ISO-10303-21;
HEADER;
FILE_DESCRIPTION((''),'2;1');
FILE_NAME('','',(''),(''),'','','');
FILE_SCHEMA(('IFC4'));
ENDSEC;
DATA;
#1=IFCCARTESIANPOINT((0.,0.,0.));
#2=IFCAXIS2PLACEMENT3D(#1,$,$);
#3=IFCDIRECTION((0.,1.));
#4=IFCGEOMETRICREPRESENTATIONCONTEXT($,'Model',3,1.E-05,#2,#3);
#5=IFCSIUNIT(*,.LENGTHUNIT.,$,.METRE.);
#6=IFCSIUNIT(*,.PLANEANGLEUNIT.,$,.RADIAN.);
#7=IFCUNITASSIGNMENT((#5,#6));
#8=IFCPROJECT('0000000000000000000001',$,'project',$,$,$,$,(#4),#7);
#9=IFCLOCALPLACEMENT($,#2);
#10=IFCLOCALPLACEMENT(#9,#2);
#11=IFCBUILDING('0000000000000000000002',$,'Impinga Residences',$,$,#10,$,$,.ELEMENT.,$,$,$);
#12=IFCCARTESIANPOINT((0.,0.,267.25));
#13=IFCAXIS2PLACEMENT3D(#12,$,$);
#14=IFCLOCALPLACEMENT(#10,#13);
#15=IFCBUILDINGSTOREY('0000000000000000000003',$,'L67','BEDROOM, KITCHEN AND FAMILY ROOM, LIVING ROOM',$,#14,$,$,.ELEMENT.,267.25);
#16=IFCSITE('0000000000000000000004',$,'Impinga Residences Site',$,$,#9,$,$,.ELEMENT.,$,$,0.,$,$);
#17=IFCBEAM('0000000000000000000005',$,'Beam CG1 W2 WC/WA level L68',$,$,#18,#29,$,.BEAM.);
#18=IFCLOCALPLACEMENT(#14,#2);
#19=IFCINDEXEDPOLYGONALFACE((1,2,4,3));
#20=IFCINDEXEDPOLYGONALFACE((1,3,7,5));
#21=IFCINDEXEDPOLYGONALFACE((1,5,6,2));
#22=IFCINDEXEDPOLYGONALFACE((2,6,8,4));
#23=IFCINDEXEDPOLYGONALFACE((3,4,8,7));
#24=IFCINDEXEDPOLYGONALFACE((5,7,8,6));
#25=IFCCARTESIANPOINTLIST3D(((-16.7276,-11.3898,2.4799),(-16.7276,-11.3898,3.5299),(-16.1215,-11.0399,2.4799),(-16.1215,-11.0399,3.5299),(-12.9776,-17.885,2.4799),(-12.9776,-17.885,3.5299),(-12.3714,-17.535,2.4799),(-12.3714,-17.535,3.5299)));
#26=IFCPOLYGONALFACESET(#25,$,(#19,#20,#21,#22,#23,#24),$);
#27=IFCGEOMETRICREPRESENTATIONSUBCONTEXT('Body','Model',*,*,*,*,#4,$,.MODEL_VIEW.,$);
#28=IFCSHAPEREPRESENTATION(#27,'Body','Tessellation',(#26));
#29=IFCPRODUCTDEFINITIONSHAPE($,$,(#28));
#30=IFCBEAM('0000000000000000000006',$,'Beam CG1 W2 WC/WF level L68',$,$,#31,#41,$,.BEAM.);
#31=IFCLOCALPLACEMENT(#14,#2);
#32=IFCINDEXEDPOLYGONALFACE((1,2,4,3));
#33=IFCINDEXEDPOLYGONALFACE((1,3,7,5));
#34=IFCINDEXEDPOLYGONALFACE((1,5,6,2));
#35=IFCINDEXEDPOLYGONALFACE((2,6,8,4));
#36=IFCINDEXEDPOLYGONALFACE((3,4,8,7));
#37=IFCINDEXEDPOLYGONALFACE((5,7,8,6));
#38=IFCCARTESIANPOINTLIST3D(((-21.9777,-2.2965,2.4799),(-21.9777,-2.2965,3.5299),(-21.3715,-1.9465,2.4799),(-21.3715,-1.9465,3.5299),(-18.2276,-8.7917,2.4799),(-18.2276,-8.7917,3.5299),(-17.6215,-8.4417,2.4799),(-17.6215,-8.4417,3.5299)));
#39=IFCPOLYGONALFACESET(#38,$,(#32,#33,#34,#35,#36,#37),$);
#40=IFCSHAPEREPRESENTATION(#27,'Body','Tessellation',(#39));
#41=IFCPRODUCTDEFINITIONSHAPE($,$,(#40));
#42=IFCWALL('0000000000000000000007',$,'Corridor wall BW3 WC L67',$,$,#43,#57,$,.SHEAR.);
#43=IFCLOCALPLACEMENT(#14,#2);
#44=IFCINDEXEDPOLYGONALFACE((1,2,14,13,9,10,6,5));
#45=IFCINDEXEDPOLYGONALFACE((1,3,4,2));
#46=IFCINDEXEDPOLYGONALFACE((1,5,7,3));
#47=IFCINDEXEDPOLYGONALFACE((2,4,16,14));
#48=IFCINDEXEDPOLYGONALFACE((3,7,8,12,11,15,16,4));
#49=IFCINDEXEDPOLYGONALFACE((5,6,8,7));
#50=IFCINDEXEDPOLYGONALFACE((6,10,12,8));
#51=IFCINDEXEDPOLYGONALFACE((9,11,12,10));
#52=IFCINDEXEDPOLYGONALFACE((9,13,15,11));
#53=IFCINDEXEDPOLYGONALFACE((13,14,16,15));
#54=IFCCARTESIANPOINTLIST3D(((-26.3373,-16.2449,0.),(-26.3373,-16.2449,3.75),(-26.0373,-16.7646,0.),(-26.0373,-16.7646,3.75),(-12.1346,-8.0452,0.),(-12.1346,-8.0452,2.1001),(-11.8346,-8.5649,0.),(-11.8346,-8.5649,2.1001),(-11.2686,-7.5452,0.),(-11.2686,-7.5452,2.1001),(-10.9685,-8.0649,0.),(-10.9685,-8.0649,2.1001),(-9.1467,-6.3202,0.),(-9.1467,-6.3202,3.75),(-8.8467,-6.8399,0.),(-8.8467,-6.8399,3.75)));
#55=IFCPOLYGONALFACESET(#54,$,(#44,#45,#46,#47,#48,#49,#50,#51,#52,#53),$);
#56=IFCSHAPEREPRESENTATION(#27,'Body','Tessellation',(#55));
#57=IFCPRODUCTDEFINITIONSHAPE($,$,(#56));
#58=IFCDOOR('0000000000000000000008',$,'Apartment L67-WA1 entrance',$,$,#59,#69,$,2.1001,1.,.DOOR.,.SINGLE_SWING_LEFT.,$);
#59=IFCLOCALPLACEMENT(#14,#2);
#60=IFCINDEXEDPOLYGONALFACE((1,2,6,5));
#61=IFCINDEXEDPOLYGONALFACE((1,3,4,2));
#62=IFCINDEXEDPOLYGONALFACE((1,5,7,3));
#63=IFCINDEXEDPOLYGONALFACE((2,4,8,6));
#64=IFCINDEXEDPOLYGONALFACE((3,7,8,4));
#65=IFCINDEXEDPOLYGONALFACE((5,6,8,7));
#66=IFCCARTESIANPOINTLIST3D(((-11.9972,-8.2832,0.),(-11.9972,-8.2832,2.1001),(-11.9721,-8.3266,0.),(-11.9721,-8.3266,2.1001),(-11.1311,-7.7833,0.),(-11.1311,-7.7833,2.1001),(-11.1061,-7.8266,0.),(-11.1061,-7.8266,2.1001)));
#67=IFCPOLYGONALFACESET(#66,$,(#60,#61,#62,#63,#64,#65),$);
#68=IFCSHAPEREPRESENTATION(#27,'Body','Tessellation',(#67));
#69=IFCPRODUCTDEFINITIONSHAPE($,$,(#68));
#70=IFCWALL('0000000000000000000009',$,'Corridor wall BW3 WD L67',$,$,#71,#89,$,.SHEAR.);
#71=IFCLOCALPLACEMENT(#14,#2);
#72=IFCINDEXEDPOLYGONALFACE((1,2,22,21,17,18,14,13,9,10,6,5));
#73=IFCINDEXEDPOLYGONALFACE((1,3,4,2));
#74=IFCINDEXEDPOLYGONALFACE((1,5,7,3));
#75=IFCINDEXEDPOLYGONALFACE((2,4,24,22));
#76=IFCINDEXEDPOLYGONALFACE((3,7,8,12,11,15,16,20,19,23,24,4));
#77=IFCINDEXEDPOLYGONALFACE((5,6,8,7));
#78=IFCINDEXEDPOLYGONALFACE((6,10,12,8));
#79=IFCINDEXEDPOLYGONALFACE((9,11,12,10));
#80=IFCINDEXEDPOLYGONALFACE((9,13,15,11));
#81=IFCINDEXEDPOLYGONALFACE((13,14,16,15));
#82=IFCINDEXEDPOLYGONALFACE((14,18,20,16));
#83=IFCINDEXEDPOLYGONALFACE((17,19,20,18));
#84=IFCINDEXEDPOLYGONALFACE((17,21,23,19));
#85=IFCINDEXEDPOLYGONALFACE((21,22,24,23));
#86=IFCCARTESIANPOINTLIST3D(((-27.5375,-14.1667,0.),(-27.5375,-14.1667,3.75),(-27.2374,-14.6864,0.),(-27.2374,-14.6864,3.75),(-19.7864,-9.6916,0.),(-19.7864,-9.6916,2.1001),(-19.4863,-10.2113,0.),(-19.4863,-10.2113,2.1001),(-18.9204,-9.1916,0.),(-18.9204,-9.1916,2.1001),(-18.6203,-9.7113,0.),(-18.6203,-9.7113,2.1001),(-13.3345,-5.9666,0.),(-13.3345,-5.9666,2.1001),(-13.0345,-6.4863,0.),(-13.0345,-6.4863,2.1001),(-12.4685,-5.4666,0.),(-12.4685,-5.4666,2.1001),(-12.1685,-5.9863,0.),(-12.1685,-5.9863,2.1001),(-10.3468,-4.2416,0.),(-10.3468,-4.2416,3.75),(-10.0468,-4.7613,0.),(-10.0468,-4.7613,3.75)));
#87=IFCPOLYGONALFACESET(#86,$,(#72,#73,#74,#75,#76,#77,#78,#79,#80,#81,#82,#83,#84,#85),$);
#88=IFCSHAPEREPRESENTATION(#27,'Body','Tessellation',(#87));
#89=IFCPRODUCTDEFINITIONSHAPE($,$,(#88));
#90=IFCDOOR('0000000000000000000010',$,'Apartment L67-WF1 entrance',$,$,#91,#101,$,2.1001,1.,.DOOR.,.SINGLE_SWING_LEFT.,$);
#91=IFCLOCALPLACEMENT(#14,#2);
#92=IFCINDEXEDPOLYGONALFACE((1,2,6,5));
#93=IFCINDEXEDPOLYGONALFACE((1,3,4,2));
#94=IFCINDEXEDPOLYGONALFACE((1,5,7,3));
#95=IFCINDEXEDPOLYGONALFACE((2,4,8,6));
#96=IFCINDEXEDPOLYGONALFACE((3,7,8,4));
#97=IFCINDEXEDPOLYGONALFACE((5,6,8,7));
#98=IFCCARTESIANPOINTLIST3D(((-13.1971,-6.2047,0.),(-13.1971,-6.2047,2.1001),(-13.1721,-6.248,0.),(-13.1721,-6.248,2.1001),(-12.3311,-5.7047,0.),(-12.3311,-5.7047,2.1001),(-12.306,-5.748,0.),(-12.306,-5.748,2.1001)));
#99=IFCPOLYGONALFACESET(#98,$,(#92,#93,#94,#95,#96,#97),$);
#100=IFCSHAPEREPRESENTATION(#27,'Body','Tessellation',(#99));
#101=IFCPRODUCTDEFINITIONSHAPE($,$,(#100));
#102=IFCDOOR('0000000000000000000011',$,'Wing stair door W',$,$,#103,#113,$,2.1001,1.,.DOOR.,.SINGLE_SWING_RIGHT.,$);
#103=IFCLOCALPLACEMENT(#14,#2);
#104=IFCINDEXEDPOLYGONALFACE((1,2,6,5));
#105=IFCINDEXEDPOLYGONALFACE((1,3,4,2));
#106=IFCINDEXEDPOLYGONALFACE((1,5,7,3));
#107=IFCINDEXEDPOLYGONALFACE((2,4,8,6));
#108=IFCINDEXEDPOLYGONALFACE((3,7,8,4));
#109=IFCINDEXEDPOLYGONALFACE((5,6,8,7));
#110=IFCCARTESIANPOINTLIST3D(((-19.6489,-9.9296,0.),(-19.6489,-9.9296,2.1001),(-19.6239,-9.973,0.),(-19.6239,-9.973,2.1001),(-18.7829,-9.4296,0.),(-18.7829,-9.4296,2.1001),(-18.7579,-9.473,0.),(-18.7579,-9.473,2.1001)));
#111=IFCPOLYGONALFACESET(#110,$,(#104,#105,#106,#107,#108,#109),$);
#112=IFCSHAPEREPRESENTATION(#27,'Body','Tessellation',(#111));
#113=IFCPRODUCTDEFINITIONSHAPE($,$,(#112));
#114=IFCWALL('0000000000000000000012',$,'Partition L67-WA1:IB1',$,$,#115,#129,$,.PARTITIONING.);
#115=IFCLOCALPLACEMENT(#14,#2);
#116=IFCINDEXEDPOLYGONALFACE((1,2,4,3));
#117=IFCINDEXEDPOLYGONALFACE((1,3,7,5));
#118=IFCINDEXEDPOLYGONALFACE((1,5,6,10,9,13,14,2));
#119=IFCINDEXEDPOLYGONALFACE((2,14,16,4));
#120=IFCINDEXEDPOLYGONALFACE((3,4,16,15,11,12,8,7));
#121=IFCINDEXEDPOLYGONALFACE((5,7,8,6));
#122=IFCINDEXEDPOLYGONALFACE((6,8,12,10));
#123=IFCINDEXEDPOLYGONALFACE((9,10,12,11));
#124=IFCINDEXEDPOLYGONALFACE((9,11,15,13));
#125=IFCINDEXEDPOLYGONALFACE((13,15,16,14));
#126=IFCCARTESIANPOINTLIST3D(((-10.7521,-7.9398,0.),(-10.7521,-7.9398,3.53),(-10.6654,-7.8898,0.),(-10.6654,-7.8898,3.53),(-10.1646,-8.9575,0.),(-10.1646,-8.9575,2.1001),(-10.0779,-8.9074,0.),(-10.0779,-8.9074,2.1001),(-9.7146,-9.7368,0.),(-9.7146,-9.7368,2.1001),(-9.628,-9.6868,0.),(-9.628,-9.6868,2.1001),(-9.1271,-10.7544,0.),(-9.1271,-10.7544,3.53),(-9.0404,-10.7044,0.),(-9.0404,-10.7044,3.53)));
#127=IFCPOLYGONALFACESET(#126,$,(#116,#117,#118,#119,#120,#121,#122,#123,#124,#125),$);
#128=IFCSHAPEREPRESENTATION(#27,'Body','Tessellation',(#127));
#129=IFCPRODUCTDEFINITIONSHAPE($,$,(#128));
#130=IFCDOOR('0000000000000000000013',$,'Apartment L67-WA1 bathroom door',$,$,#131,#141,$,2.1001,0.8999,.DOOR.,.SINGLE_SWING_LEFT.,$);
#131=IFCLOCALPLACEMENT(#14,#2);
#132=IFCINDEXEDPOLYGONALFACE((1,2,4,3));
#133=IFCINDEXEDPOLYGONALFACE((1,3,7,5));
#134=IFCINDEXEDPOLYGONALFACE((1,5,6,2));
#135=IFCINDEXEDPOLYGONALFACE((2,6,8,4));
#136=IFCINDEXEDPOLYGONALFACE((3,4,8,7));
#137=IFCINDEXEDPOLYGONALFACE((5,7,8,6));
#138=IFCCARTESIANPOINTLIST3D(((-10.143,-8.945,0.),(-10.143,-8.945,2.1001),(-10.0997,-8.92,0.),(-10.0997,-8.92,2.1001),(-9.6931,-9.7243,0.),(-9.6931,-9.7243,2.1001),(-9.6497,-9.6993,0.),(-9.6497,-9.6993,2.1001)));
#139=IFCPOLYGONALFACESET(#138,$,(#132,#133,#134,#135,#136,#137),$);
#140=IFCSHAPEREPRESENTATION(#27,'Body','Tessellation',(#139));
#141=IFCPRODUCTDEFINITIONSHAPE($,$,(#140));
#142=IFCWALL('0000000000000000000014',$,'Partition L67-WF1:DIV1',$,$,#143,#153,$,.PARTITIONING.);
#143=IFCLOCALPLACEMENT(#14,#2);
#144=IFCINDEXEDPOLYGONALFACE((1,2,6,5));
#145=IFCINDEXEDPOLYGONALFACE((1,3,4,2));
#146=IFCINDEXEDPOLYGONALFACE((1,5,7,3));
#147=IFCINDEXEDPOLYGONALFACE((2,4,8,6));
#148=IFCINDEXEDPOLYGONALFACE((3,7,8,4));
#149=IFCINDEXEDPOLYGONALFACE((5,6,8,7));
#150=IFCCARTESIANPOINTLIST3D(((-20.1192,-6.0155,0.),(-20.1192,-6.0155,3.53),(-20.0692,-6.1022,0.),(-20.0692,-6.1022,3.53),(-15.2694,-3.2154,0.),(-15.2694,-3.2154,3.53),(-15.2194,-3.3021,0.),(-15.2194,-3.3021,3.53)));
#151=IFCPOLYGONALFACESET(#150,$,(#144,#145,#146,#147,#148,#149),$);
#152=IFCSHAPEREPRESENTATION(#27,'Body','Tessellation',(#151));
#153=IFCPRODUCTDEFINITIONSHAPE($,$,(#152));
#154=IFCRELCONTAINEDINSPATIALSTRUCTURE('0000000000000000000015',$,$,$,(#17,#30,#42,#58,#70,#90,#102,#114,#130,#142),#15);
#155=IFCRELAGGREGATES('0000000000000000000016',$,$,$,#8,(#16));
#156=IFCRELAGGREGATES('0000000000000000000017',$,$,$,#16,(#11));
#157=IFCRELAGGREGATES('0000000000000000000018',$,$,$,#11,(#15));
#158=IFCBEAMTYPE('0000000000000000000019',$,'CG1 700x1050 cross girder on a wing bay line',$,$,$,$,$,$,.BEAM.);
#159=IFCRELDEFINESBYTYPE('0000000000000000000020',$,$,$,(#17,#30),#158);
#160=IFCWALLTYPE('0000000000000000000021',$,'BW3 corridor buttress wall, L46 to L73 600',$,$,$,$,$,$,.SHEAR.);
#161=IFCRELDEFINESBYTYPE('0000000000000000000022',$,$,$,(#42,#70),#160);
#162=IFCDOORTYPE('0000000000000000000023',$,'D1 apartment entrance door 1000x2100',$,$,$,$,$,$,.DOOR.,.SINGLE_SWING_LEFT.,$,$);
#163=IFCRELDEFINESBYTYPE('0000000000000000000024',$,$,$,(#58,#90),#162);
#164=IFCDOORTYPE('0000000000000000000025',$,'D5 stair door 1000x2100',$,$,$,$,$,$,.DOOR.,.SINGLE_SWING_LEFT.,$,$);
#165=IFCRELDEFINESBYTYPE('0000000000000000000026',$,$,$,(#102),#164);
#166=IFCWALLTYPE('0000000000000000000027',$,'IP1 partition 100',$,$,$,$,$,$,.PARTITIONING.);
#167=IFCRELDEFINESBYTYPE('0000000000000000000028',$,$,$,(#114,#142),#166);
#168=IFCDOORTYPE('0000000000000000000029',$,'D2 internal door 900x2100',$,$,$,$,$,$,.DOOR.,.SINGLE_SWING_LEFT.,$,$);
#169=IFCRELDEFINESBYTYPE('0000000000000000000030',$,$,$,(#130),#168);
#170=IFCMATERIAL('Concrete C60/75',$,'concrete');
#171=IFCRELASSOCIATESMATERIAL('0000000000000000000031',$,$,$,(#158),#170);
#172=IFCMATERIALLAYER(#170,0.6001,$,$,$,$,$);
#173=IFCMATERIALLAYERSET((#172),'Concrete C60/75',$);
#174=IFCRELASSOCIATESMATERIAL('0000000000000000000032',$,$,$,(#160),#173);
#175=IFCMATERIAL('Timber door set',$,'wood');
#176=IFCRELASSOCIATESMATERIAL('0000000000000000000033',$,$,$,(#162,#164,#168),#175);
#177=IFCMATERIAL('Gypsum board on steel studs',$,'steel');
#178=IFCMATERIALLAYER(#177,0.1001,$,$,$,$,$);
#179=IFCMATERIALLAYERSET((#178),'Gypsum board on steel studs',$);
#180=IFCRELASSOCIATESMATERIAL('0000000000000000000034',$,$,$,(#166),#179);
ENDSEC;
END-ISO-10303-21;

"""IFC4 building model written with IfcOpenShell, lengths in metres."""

from ifc_helpers import new_model, si_unit, direction, frame, frame_2d, origin, origin_2d, place, context, subcontext, project, spatial, rectangle, extrude, material, layer, layer_set, material_profile, profile_set, type_object, element, fill, save


model = new_model("IFC4")

# Units and contexts
model_context = context("Model", 3, precision=1e-05, world=origin(), true_north=direction((0.0, 1.0)))
body_context = subcontext(model_context, "Body", "Model", "MODEL_VIEW")
ifc_project = project(units=[si_unit("LENGTHUNIT", "METRE"), si_unit("PLANEANGLEUNIT", "RADIAN")], contexts=[model_context])

# Site, building, storey
site_placement = place(None, origin())
site = spatial("IfcSite", under=ifc_project, at=site_placement, Name="Impinga Residences Site", CompositionType="ELEMENT", RefElevation=0.0)
building_placement = place(site_placement, origin())
building = spatial("IfcBuilding", under=site, at=building_placement, Name="Impinga Residences", CompositionType="ELEMENT")
storey_placement = place(building_placement, frame((0.0, 0.0, 267.25)))
storey = spatial("IfcBuildingStorey", under=building, at=storey_placement, Name="L67", Description="BEDROOM, KITCHEN AND FAMILY ROOM, LIVING ROOM", CompositionType="ELEMENT", Elevation=267.25)

# Beams
ifc_material_1 = material(Name="Concrete C60/75", Category="concrete")
ifc_material_profile = material_profile(ifc_material_1, rectangle(XDim=0.7, YDim=1.05, at=origin_2d()), Name="RC 700x1050")
ifc_profile_set = profile_set([ifc_material_profile], Name="Concrete C60/75")
beam_type = type_object("IfcBeamType", Name="CG1 700x1050 cross girder on a wing bay line", PredefinedType="BEAM", material=ifc_profile_set)
for number, where, z_axis, x_axis, name in (
    (1, (-16.4246, -11.2148, 3.0049), (0.500004, -0.866023, 0.0), (0.866023, 0.500004, 0.0), "Beam CG1 W2 WC/WA level L68"),
    (2, (-17.9246, -8.6167, 3.0049), (-0.500004, 0.866023, 0.0), (-0.866023, -0.500004, 0.0), "Beam CG1 W2 WC/WF level L68"),
):
    element("IfcBeam", number, at=place(storey_placement, frame(where, z_axis=z_axis, x_axis=x_axis)), inside=storey, type_object=beam_type, Name=name, PredefinedType="BEAM", context=body_context, shape_type="SweptSolid", body=[
        extrude(rectangle(XDim=0.7, YDim=1.05, at=origin_2d()), origin(), (0.0, 0.0, 1.0), 7.5),
    ])

# Wall, opening, door
ifc_layer_1 = layer(ifc_material_1, 0.6001)
ifc_layer_set_1 = layer_set([ifc_layer_1], Name="Concrete C60/75")
wall_type_1 = type_object("IfcWallType", Name="BW3 corridor buttress wall, L46 to L73 600", PredefinedType="SHEAR", material=ifc_layer_set_1)
wall_1_placement = place(storey_placement, frame((-8.9968, -6.5801, 0.0), z_axis=(0.0, 0.0, 1.0), x_axis=(-0.866031, -0.499991, 0.0)))
wall_1 = element("IfcWall", 3, at=wall_1_placement, inside=storey, type_object=wall_type_1, Name="Corridor wall BW3 WC L67", PredefinedType="SHEAR", context=body_context, shape_type="SweptSolid", body=[
    extrude(rectangle(XDim=19.8499, YDim=0.6001, at=frame_2d((9.9248, 0.0))), origin(), (0.0, 0.0, 1.0), 3.75),
])
opening_1_placement = place(wall_1_placement, frame((2.45, 0.0, 0.0)))
opening_1 = element("IfcOpeningElement", 4, at=opening_1_placement, cuts=wall_1, PredefinedType="OPENING", context=body_context, shape_type="SweptSolid", body=[
    extrude(rectangle(XDim=1.0, YDim=2.1001, at=frame_2d((0.5, 1.05))), frame((0.0, 0.3101, 0.0), z_axis=(0.0, -1.0, 0.0), x_axis=(1.0, 0.0, 0.0)), (0.0, 0.0, 1.0), 0.6201),
])
ifc_material_2 = material(Name="Timber door set", Category="wood")
door_type_1 = type_object("IfcDoorType", Name="D1 apartment entrance door 1000x2100", OperationType="SINGLE_SWING_LEFT", PredefinedType="DOOR", material=ifc_material_2)
door_1_placement = place(opening_1_placement, origin())
door_1 = element("IfcDoor", 5, at=door_1_placement, inside=storey, type_object=door_type_1, Name="Apartment L67-WA1 entrance", OperationType="SINGLE_SWING_LEFT", OverallHeight=2.1001, OverallWidth=1.0, PredefinedType="DOOR", context=body_context, shape_type="SweptSolid", body=[
    extrude(rectangle(XDim=1.0, YDim=2.1001, at=frame_2d((0.5, 1.05))), frame((0.0, 0.0249, 0.0), z_axis=(0.0, -1.0, 0.0), x_axis=(1.0, 0.0, 0.0)), (0.0, 0.0, 1.0), 0.05),
])
fill(opening_1, door_1)

# Wall, openings, doors
wall_2_placement = place(storey_placement, frame((-10.1968, -4.5015, 0.0), z_axis=(0.0, 0.0, 1.0), x_axis=(-0.866025, -0.5, 0.0)))
wall_2 = element("IfcWall", 6, at=wall_2_placement, inside=storey, type_object=wall_type_1, Name="Corridor wall BW3 WD L67", PredefinedType="SHEAR", context=body_context, shape_type="SweptSolid", body=[
    extrude(rectangle(XDim=19.8501, YDim=0.6001, at=frame_2d((9.925, 0.0))), origin(), (0.0, 0.0, 1.0), 3.75),
])
opening_2_placement = place(wall_2_placement, frame((9.8999, 0.0, 0.0)))
opening_2 = element("IfcOpeningElement", 7, at=opening_2_placement, cuts=wall_2, PredefinedType="OPENING", context=body_context, shape_type="SweptSolid", body=[
    extrude(rectangle(XDim=1.0, YDim=2.1001, at=frame_2d((0.5, 1.05))), frame((0.0, 0.3101, 0.0), z_axis=(0.0, -1.0, 0.0), x_axis=(1.0, 0.0, 0.0)), (0.0, 0.0, 1.0), 0.6201),
])
opening_3_placement = place(wall_2_placement, frame((2.45, 0.0, 0.0)))
opening_3 = element("IfcOpeningElement", 8, at=opening_3_placement, cuts=wall_2, PredefinedType="OPENING", context=body_context, shape_type="SweptSolid", body=[
    extrude(rectangle(XDim=1.0, YDim=2.1001, at=frame_2d((0.5, 1.05))), frame((0.0, 0.3101, 0.0), z_axis=(0.0, -1.0, 0.0), x_axis=(1.0, 0.0, 0.0)), (0.0, 0.0, 1.0), 0.6201),
])
door_2_placement = place(opening_3_placement, origin())
door_2 = element("IfcDoor", 9, at=door_2_placement, inside=storey, type_object=door_type_1, Name="Apartment L67-WF1 entrance", OperationType="SINGLE_SWING_LEFT", OverallHeight=2.1001, OverallWidth=1.0, PredefinedType="DOOR", context=body_context, shape_type="SweptSolid", body=[
    extrude(rectangle(XDim=1.0, YDim=2.1001, at=frame_2d((0.5, 1.05))), frame((0.0, 0.0249, 0.0), z_axis=(0.0, -1.0, 0.0), x_axis=(1.0, 0.0, 0.0)), (0.0, 0.0, 1.0), 0.05),
])
fill(opening_3, door_2)
door_type_2 = type_object("IfcDoorType", Name="D5 stair door 1000x2100", OperationType="SINGLE_SWING_LEFT", PredefinedType="DOOR", material=ifc_material_2)
door_3_placement = place(opening_2_placement, origin())
door_3 = element("IfcDoor", 10, at=door_3_placement, inside=storey, type_object=door_type_2, Name="Wing stair door W", OperationType="SINGLE_SWING_RIGHT", OverallHeight=2.1001, OverallWidth=1.0, PredefinedType="DOOR", context=body_context, shape_type="SweptSolid", body=[
    extrude(rectangle(XDim=1.0, YDim=2.1001, at=frame_2d((0.5, 1.05))), frame((0.0, 0.0249, 0.0), z_axis=(0.0, -1.0, 0.0), x_axis=(1.0, 0.0, 0.0)), (0.0, 0.0, 1.0), 0.05),
])
fill(opening_2, door_3)

# Wall, opening, door
ifc_material_3 = material(Name="Gypsum board on steel studs", Category="steel")
ifc_layer_2 = layer(ifc_material_3, 0.1001)
ifc_layer_set_2 = layer_set([ifc_layer_2], Name="Gypsum board on steel studs")
wall_type_2 = type_object("IfcWallType", Name="IP1 partition 100", PredefinedType="PARTITIONING", material=ifc_layer_set_2)
wall_3_placement = place(storey_placement, frame((-10.7087, -7.9148, 0.0), z_axis=(0.0, 0.0, 1.0), x_axis=(0.499985, -0.866034, 0.0)))
wall_3 = element("IfcWall", 11, at=wall_3_placement, inside=storey, type_object=wall_type_2, Name="Partition L67-WA1:IB1", PredefinedType="PARTITIONING", context=body_context, shape_type="SweptSolid", body=[
    extrude(rectangle(XDim=3.25, YDim=0.1001, at=frame_2d((1.625, 0.0))), origin(), (0.0, 0.0, 1.0), 3.53),
])
opening_4_placement = place(wall_3_placement, frame((1.175, 0.0, 0.0)))
opening_4 = element("IfcOpeningElement", 12, at=opening_4_placement, cuts=wall_3, PredefinedType="OPENING", context=body_context, shape_type="SweptSolid", body=[
    extrude(rectangle(XDim=0.8999, YDim=2.1001, at=frame_2d((0.45, 1.05))), frame((0.0, 0.0601, 0.0), z_axis=(0.0, -1.0, 0.0), x_axis=(1.0, 0.0, 0.0)), (0.0, 0.0, 1.0), 0.1201),
])
door_type_3 = type_object("IfcDoorType", Name="D2 internal door 900x2100", OperationType="SINGLE_SWING_LEFT", PredefinedType="DOOR", material=ifc_material_2)
door_4_placement = place(opening_4_placement, origin())
door_4 = element("IfcDoor", 13, at=door_4_placement, inside=storey, type_object=door_type_3, Name="Apartment L67-WA1 bathroom door", OperationType="SINGLE_SWING_LEFT", OverallHeight=2.1001, OverallWidth=0.8999, PredefinedType="DOOR", context=body_context, shape_type="SweptSolid", body=[
    extrude(rectangle(XDim=0.8999, YDim=2.1001, at=frame_2d((0.45, 1.05))), frame((0.0, 0.0249, 0.0), z_axis=(0.0, -1.0, 0.0), x_axis=(1.0, 0.0, 0.0)), (0.0, 0.0, 1.0), 0.05),
])
fill(opening_4, door_4)

# Wall
wall_4_placement = place(storey_placement, frame((-15.2444, -3.2588, 0.0), z_axis=(0.0, 0.0, 1.0), x_axis=(-0.866027, -0.499998, 0.0)))
element("IfcWall", 14, at=wall_4_placement, inside=storey, type_object=wall_type_2, Name="Partition L67-WF1:DIV1", PredefinedType="PARTITIONING", context=body_context, shape_type="SweptSolid", body=[
    extrude(rectangle(XDim=5.6001, YDim=0.1001, at=frame_2d((2.8, 0.0))), origin(), (0.0, 0.0, 1.0), 3.53),
])

save(model, "model.ifc")
